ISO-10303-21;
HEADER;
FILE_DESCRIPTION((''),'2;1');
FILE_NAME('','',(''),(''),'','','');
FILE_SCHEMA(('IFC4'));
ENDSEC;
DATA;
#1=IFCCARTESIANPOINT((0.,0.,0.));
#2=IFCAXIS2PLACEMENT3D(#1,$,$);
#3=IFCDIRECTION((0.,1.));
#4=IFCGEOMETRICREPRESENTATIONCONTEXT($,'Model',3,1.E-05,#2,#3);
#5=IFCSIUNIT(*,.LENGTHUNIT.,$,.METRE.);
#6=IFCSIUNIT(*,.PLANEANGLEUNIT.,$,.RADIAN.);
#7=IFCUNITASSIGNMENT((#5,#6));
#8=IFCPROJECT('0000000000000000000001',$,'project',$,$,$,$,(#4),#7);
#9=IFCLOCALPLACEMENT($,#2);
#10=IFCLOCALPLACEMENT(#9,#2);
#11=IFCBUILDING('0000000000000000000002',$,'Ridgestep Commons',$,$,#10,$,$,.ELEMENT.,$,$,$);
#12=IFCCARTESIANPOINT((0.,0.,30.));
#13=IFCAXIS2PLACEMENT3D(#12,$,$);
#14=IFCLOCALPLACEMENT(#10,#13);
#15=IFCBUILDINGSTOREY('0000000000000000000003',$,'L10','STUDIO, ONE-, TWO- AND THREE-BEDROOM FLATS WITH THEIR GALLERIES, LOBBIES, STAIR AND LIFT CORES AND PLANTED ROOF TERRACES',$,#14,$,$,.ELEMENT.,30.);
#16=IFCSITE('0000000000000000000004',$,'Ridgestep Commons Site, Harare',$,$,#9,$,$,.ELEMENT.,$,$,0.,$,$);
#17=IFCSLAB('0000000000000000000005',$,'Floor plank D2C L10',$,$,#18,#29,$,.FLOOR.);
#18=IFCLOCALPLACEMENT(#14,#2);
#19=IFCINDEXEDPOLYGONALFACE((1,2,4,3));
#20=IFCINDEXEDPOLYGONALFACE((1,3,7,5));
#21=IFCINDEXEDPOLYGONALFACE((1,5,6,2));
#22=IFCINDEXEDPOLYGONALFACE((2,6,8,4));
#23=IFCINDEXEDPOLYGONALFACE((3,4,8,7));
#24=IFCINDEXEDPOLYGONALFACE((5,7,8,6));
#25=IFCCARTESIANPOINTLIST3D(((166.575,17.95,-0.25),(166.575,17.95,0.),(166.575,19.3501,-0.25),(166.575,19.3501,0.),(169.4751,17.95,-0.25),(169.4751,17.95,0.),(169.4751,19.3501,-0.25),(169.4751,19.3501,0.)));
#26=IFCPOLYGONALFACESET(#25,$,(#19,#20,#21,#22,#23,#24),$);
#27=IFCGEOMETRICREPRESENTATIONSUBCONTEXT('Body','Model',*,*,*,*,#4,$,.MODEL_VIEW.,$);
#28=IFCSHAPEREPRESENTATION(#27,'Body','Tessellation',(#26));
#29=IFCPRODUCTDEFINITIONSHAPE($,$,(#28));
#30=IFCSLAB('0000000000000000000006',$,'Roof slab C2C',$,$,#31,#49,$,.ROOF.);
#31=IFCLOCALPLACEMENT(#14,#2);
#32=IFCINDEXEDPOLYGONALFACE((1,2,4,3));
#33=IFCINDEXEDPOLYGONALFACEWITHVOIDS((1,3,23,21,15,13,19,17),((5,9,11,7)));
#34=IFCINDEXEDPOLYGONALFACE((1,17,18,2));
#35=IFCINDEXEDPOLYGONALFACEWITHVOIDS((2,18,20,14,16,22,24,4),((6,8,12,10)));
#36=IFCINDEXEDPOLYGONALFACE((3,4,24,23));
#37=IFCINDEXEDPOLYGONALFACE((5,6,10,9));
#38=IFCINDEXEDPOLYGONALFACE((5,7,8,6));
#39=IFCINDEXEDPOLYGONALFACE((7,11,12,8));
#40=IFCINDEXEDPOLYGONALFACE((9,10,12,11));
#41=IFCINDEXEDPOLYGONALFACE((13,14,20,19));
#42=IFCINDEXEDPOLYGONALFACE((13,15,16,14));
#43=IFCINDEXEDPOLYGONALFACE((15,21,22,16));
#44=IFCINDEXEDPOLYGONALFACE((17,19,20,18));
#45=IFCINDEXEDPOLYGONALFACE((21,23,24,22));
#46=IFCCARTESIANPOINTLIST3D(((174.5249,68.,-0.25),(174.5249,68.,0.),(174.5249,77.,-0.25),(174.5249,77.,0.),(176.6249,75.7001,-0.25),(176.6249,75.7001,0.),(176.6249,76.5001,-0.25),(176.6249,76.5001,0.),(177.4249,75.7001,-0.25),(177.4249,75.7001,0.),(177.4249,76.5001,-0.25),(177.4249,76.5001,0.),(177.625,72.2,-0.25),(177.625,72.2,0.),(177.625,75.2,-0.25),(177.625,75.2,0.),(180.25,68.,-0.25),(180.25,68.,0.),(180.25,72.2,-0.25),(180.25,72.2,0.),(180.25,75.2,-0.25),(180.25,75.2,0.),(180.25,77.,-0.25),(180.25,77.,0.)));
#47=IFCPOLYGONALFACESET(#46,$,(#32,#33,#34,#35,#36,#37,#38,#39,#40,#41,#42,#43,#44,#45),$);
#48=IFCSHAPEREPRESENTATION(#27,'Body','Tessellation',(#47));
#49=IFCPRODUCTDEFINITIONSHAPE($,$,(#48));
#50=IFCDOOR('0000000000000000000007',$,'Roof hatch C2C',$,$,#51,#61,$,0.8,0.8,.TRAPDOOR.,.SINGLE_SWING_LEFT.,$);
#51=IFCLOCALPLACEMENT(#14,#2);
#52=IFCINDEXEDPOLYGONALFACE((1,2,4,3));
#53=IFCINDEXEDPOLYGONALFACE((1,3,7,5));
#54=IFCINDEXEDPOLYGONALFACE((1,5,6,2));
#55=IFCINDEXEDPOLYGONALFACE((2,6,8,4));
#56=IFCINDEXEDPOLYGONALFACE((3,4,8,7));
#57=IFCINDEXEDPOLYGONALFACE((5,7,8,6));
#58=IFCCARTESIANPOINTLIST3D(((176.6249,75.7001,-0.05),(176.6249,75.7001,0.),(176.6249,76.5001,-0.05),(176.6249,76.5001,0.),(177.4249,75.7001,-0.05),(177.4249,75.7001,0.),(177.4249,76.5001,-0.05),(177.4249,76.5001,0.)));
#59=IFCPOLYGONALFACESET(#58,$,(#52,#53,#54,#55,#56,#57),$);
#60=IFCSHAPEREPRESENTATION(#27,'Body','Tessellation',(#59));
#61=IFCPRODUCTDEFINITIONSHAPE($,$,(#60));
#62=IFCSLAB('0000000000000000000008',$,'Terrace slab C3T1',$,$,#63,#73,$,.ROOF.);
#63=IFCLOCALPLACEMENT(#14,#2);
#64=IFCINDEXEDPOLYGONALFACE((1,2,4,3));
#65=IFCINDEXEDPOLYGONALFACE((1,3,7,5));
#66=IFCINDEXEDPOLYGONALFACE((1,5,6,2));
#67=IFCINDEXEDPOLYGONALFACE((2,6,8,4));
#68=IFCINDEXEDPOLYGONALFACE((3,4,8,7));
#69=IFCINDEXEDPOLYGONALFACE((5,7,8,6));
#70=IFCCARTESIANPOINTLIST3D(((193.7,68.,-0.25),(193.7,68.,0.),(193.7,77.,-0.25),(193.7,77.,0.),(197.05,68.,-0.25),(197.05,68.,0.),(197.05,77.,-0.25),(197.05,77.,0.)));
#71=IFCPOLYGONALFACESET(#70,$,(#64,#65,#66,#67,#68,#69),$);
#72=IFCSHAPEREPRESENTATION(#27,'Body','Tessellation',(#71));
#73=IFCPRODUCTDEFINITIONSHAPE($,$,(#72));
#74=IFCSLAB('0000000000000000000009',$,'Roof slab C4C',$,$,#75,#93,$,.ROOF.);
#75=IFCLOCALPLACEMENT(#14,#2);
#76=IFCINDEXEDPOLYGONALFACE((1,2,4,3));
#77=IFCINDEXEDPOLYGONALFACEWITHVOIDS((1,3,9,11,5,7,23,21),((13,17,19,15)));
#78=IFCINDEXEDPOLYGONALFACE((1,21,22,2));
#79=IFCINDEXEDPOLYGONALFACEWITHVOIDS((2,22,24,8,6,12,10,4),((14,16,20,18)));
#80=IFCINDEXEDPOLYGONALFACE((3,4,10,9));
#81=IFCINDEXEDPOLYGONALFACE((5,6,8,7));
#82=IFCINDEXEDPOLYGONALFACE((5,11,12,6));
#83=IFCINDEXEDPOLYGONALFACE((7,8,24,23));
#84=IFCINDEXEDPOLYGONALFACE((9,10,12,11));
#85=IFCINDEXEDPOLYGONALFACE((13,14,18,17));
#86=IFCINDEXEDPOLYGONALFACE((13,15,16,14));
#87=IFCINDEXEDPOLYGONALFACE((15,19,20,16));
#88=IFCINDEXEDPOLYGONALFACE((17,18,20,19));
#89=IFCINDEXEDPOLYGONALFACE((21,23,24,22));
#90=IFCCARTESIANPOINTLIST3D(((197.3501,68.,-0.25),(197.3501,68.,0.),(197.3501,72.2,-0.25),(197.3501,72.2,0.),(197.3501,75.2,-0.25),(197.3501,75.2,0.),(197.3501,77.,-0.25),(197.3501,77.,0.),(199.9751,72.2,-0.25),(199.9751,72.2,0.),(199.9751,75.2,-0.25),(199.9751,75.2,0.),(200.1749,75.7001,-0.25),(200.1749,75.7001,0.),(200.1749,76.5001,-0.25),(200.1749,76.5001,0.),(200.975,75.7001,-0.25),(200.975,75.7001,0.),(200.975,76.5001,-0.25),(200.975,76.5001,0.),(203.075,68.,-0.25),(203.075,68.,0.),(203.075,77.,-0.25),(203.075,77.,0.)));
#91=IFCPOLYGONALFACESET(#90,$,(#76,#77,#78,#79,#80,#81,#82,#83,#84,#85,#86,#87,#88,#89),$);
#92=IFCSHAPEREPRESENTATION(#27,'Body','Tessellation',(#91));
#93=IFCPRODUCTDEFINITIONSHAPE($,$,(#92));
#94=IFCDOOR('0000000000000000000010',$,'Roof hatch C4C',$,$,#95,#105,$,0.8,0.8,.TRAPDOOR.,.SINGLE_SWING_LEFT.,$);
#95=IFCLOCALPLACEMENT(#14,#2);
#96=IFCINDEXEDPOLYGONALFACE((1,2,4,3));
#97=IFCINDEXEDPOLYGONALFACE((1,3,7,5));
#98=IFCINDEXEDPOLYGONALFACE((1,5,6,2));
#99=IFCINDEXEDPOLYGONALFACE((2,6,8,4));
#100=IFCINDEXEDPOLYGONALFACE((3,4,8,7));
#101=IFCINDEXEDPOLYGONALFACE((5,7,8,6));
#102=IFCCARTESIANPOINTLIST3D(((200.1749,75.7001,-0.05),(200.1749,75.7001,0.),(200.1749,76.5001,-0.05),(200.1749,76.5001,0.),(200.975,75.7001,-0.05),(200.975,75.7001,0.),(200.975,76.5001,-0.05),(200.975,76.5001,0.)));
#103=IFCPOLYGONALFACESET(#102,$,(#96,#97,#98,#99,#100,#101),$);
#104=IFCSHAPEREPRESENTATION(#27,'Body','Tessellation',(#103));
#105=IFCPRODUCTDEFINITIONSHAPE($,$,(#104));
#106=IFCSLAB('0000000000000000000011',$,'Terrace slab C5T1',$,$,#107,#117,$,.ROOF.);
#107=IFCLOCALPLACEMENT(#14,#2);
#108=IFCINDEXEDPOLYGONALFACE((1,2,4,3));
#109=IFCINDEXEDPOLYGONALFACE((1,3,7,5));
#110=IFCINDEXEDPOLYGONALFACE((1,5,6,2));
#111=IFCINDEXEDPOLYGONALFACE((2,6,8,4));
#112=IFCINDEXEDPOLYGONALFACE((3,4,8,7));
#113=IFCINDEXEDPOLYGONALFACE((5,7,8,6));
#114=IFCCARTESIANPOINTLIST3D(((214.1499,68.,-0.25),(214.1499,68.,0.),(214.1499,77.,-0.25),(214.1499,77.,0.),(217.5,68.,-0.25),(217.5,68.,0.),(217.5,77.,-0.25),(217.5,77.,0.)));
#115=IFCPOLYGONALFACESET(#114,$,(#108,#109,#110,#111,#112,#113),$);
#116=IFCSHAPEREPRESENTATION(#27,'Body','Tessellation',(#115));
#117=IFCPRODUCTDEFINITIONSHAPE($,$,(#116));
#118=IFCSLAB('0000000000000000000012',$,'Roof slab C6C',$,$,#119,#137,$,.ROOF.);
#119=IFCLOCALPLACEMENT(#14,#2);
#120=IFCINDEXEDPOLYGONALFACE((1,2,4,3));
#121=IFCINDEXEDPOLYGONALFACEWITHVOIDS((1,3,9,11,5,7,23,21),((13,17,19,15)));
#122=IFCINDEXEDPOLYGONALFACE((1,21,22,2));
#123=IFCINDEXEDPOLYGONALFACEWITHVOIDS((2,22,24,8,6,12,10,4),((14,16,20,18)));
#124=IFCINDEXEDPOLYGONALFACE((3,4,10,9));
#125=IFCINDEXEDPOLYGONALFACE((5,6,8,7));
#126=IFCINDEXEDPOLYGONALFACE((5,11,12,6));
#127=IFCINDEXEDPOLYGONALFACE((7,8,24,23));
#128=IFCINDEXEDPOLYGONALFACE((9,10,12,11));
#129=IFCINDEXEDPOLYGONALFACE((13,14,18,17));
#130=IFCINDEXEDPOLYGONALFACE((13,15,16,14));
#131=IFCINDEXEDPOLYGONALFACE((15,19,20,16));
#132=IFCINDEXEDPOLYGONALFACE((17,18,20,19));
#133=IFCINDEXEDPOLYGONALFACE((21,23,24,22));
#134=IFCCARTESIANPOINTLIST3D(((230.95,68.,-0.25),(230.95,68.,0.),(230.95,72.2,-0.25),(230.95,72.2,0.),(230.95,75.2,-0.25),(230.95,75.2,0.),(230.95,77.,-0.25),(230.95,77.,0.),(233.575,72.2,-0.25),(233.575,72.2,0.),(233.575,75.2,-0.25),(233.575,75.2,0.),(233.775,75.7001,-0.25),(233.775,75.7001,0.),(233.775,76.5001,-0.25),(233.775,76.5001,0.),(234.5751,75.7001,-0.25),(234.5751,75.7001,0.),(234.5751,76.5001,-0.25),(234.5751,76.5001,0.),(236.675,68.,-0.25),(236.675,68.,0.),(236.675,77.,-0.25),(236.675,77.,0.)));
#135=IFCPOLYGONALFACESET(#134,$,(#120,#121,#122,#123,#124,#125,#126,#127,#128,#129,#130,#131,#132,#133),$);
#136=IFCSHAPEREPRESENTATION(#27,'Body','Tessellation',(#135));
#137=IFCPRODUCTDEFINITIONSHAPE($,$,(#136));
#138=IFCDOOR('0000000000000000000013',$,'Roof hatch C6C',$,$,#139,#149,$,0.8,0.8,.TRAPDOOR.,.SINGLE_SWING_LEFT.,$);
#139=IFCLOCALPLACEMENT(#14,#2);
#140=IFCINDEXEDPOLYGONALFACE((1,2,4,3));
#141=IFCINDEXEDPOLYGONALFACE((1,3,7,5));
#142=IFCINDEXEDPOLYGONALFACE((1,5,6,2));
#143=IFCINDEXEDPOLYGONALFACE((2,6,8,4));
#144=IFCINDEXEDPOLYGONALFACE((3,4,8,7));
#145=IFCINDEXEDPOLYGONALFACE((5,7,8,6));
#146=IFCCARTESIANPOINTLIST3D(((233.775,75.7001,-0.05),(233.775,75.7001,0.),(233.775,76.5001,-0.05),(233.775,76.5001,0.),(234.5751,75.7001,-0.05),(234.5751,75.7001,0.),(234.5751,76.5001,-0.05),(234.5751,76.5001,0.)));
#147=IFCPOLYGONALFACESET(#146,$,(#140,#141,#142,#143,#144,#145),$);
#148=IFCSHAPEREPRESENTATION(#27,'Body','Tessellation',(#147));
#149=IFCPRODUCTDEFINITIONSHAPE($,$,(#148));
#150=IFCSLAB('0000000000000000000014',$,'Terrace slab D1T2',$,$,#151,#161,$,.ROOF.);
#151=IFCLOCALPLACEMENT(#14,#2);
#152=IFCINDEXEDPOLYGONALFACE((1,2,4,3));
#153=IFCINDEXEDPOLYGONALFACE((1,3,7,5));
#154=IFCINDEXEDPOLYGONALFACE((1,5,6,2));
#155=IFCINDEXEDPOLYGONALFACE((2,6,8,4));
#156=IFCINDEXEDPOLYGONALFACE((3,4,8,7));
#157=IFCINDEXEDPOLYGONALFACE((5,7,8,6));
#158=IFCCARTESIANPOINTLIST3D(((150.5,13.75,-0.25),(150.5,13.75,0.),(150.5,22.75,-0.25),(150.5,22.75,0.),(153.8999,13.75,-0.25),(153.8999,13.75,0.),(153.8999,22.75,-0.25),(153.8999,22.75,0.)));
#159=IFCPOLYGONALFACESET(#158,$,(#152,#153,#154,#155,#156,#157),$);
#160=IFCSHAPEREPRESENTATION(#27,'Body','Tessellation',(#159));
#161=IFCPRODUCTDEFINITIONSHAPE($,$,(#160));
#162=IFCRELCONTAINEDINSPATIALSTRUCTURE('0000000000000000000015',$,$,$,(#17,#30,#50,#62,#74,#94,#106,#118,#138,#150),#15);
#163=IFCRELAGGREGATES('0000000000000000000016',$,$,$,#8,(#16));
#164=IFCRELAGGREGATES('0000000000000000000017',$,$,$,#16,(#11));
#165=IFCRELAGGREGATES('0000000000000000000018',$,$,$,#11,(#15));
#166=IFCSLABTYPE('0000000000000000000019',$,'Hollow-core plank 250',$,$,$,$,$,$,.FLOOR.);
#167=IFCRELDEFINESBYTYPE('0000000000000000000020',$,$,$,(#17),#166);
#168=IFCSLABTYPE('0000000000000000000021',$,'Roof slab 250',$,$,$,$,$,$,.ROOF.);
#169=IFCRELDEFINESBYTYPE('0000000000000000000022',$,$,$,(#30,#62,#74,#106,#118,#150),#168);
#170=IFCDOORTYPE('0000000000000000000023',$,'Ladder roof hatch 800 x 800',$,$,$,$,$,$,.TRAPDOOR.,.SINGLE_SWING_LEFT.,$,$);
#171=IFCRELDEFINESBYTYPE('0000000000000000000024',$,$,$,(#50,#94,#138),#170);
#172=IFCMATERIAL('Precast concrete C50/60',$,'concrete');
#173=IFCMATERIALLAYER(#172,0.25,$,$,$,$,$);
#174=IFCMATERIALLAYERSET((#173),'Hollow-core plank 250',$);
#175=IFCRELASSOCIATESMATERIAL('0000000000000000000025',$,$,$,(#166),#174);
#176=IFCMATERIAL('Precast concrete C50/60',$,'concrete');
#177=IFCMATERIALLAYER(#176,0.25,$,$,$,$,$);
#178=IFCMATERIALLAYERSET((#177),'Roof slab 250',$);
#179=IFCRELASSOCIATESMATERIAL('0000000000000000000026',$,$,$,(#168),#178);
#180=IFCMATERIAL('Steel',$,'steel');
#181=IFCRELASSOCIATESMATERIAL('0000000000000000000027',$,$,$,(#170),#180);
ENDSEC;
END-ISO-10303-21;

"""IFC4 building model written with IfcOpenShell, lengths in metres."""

from ifc_helpers import new_model, si_unit, direction, frame, origin, origin_2d, place, context, subcontext, project, spatial, polyline, rectangle, outline, extrude, material, layer, layer_set, type_object, element, fill, save


model = new_model("IFC4")

# Units and contexts
model_context = context("Model", 3, precision=1e-05, world=origin(), true_north=direction((0.0, 1.0)))
body_context = subcontext(model_context, "Body", "Model", "MODEL_VIEW")
ifc_project = project(units=[si_unit("LENGTHUNIT", "METRE"), si_unit("PLANEANGLEUNIT", "RADIAN")], contexts=[model_context])

# Site, building, storey
site_placement = place(None, origin())
site = spatial("IfcSite", under=ifc_project, at=site_placement, Name="Ridgestep Commons Site, Harare", CompositionType="ELEMENT", RefElevation=0.0)
building_placement = place(site_placement, origin())
building = spatial("IfcBuilding", under=site, at=building_placement, Name="Ridgestep Commons", CompositionType="ELEMENT")
storey_placement = place(building_placement, frame((0.0, 0.0, 30.0)))
storey = spatial("IfcBuildingStorey", under=building, at=storey_placement, Name="L10", Description="STUDIO, ONE-, TWO- AND THREE-BEDROOM FLATS WITH THEIR GALLERIES, LOBBIES, STAIR AND LIFT CORES AND PLANTED ROOF TERRACES", CompositionType="ELEMENT", Elevation=30.0)

# Slab
ifc_material_1 = material(Name="Precast concrete C50/60", Category="concrete")
ifc_layer_1 = layer(ifc_material_1, 0.25)
ifc_layer_set_1 = layer_set([ifc_layer_1], Name="Hollow-core plank 250")
slab_type_1 = type_object("IfcSlabType", Name="Hollow-core plank 250", PredefinedType="FLOOR", material=ifc_layer_set_1)
slab_1_placement = place(storey_placement, frame((0.0, 0.0, -0.25)))
element("IfcSlab", 1, at=slab_1_placement, inside=storey, type_object=slab_type_1, Name="Floor plank D2C L10", PredefinedType="FLOOR", context=body_context, shape_type="SweptSolid", body=[
    extrude(outline(polyline([(169.4751, 17.95), (169.4751, 19.3501), (166.575, 19.3501), (166.575, 17.95), (169.4751, 17.95)])), origin(), (0.0, 0.0, 1.0), 0.25),
])

# Slab, opening, door
ifc_material_2 = material(Name="Precast concrete C50/60", Category="concrete")
ifc_layer_2 = layer(ifc_material_2, 0.25)
ifc_layer_set_2 = layer_set([ifc_layer_2], Name="Roof slab 250")
slab_type_2 = type_object("IfcSlabType", Name="Roof slab 250", PredefinedType="ROOF", material=ifc_layer_set_2)
slab_2_placement = place(storey_placement, frame((0.0, 0.0, -0.25)))
slab_2 = element("IfcSlab", 2, at=slab_2_placement, inside=storey, type_object=slab_type_2, Name="Roof slab C2C", PredefinedType="ROOF", context=body_context, shape_type="SweptSolid", body=[
    extrude(outline(polyline([(180.25, 68.0), (180.25, 72.2), (177.625, 72.2), (177.625, 75.2), (180.25, 75.2), (180.25, 77.0), (174.5249, 77.0), (174.5249, 68.0), (180.25, 68.0)])), origin(), (0.0, 0.0, 1.0), 0.25),
])
opening_1_placement = place(slab_2_placement, frame((177.0249, 76.1001, 0.0)))
opening_1 = element("IfcOpeningElement", 3, at=opening_1_placement, cuts=slab_2, PredefinedType="OPENING", context=body_context, shape_type="SweptSolid", body=[
    extrude(rectangle(XDim=0.8, YDim=0.8, at=origin_2d()), origin(), (0.0, 0.0, 1.0), 0.25),
])
ifc_material_3 = material(Name="Steel", Category="steel")
door_type = type_object("IfcDoorType", Name="Ladder roof hatch 800 x 800", OperationType="SINGLE_SWING_LEFT", PredefinedType="TRAPDOOR", material=ifc_material_3)
door_1_placement = place(opening_1_placement, frame((0.0, 0.0, 0.2)))
door_1 = element("IfcDoor", 4, at=door_1_placement, inside=storey, type_object=door_type, Name="Roof hatch C2C", OperationType="SINGLE_SWING_LEFT", OverallHeight=0.8, OverallWidth=0.8, PredefinedType="TRAPDOOR", context=body_context, shape_type="SweptSolid", body=[
    extrude(rectangle(XDim=0.8, YDim=0.8, at=origin_2d()), origin(), (0.0, 0.0, 1.0), 0.05),
])
fill(opening_1, door_1)

# Slab
slab_3_placement = place(storey_placement, frame((0.0, 0.0, -0.25)))
element("IfcSlab", 5, at=slab_3_placement, inside=storey, type_object=slab_type_2, Name="Terrace slab C3T1", PredefinedType="ROOF", context=body_context, shape_type="SweptSolid", body=[
    extrude(outline(polyline([(197.05, 68.0), (197.05, 77.0), (193.7, 77.0), (193.7, 68.0), (197.05, 68.0)])), origin(), (0.0, 0.0, 1.0), 0.25),
])

# Slab, opening, door
slab_4_placement = place(storey_placement, frame((0.0, 0.0, -0.25)))
slab_4 = element("IfcSlab", 6, at=slab_4_placement, inside=storey, type_object=slab_type_2, Name="Roof slab C4C", PredefinedType="ROOF", context=body_context, shape_type="SweptSolid", body=[
    extrude(outline(polyline([(197.3501, 77.0), (197.3501, 75.2), (199.9751, 75.2), (199.9751, 72.2), (197.3501, 72.2), (197.3501, 68.0), (203.075, 68.0), (203.075, 77.0), (197.3501, 77.0)])), origin(), (0.0, 0.0, 1.0), 0.25),
])
opening_2_placement = place(slab_4_placement, frame((200.575, 76.1001, 0.0)))
opening_2 = element("IfcOpeningElement", 7, at=opening_2_placement, cuts=slab_4, PredefinedType="OPENING", context=body_context, shape_type="SweptSolid", body=[
    extrude(rectangle(XDim=0.8, YDim=0.8, at=origin_2d()), origin(), (0.0, 0.0, 1.0), 0.25),
])
door_2_placement = place(opening_2_placement, frame((0.0, 0.0, 0.2)))
door_2 = element("IfcDoor", 8, at=door_2_placement, inside=storey, type_object=door_type, Name="Roof hatch C4C", OperationType="SINGLE_SWING_LEFT", OverallHeight=0.8, OverallWidth=0.8, PredefinedType="TRAPDOOR", context=body_context, shape_type="SweptSolid", body=[
    extrude(rectangle(XDim=0.8, YDim=0.8, at=origin_2d()), origin(), (0.0, 0.0, 1.0), 0.05),
])
fill(opening_2, door_2)

# Slab
slab_5_placement = place(storey_placement, frame((0.0, 0.0, -0.25)))
element("IfcSlab", 9, at=slab_5_placement, inside=storey, type_object=slab_type_2, Name="Terrace slab C5T1", PredefinedType="ROOF", context=body_context, shape_type="SweptSolid", body=[
    extrude(outline(polyline([(217.5, 68.0), (217.5, 77.0), (214.1499, 77.0), (214.1499, 68.0), (217.5, 68.0)])), origin(), (0.0, 0.0, 1.0), 0.25),
])

# Slab, opening, door
slab_6_placement = place(storey_placement, frame((0.0, 0.0, -0.25)))
slab_6 = element("IfcSlab", 10, at=slab_6_placement, inside=storey, type_object=slab_type_2, Name="Roof slab C6C", PredefinedType="ROOF", context=body_context, shape_type="SweptSolid", body=[
    extrude(outline(polyline([(230.95, 77.0), (230.95, 75.2), (233.575, 75.2), (233.575, 72.2), (230.95, 72.2), (230.95, 68.0), (236.675, 68.0), (236.675, 77.0), (230.95, 77.0)])), origin(), (0.0, 0.0, 1.0), 0.25),
])
opening_3_placement = place(slab_6_placement, frame((234.175, 76.1001, 0.0)))
opening_3 = element("IfcOpeningElement", 11, at=opening_3_placement, cuts=slab_6, PredefinedType="OPENING", context=body_context, shape_type="SweptSolid", body=[
    extrude(rectangle(XDim=0.8, YDim=0.8, at=origin_2d()), origin(), (0.0, 0.0, 1.0), 0.25),
])
door_3_placement = place(opening_3_placement, frame((0.0, 0.0, 0.2)))
door_3 = element("IfcDoor", 12, at=door_3_placement, inside=storey, type_object=door_type, Name="Roof hatch C6C", OperationType="SINGLE_SWING_LEFT", OverallHeight=0.8, OverallWidth=0.8, PredefinedType="TRAPDOOR", context=body_context, shape_type="SweptSolid", body=[
    extrude(rectangle(XDim=0.8, YDim=0.8, at=origin_2d()), origin(), (0.0, 0.0, 1.0), 0.05),
])
fill(opening_3, door_3)

# Slab
slab_7_placement = place(storey_placement, frame((0.0, 0.0, -0.25)))
element("IfcSlab", 13, at=slab_7_placement, inside=storey, type_object=slab_type_2, Name="Terrace slab D1T2", PredefinedType="ROOF", context=body_context, shape_type="SweptSolid", body=[
    extrude(outline(polyline([(153.8999, 13.75), (153.8999, 22.75), (150.5, 22.75), (150.5, 13.75), (153.8999, 13.75)])), origin(), (0.0, 0.0, 1.0), 0.25),
])

save(model, "model.ifc")
